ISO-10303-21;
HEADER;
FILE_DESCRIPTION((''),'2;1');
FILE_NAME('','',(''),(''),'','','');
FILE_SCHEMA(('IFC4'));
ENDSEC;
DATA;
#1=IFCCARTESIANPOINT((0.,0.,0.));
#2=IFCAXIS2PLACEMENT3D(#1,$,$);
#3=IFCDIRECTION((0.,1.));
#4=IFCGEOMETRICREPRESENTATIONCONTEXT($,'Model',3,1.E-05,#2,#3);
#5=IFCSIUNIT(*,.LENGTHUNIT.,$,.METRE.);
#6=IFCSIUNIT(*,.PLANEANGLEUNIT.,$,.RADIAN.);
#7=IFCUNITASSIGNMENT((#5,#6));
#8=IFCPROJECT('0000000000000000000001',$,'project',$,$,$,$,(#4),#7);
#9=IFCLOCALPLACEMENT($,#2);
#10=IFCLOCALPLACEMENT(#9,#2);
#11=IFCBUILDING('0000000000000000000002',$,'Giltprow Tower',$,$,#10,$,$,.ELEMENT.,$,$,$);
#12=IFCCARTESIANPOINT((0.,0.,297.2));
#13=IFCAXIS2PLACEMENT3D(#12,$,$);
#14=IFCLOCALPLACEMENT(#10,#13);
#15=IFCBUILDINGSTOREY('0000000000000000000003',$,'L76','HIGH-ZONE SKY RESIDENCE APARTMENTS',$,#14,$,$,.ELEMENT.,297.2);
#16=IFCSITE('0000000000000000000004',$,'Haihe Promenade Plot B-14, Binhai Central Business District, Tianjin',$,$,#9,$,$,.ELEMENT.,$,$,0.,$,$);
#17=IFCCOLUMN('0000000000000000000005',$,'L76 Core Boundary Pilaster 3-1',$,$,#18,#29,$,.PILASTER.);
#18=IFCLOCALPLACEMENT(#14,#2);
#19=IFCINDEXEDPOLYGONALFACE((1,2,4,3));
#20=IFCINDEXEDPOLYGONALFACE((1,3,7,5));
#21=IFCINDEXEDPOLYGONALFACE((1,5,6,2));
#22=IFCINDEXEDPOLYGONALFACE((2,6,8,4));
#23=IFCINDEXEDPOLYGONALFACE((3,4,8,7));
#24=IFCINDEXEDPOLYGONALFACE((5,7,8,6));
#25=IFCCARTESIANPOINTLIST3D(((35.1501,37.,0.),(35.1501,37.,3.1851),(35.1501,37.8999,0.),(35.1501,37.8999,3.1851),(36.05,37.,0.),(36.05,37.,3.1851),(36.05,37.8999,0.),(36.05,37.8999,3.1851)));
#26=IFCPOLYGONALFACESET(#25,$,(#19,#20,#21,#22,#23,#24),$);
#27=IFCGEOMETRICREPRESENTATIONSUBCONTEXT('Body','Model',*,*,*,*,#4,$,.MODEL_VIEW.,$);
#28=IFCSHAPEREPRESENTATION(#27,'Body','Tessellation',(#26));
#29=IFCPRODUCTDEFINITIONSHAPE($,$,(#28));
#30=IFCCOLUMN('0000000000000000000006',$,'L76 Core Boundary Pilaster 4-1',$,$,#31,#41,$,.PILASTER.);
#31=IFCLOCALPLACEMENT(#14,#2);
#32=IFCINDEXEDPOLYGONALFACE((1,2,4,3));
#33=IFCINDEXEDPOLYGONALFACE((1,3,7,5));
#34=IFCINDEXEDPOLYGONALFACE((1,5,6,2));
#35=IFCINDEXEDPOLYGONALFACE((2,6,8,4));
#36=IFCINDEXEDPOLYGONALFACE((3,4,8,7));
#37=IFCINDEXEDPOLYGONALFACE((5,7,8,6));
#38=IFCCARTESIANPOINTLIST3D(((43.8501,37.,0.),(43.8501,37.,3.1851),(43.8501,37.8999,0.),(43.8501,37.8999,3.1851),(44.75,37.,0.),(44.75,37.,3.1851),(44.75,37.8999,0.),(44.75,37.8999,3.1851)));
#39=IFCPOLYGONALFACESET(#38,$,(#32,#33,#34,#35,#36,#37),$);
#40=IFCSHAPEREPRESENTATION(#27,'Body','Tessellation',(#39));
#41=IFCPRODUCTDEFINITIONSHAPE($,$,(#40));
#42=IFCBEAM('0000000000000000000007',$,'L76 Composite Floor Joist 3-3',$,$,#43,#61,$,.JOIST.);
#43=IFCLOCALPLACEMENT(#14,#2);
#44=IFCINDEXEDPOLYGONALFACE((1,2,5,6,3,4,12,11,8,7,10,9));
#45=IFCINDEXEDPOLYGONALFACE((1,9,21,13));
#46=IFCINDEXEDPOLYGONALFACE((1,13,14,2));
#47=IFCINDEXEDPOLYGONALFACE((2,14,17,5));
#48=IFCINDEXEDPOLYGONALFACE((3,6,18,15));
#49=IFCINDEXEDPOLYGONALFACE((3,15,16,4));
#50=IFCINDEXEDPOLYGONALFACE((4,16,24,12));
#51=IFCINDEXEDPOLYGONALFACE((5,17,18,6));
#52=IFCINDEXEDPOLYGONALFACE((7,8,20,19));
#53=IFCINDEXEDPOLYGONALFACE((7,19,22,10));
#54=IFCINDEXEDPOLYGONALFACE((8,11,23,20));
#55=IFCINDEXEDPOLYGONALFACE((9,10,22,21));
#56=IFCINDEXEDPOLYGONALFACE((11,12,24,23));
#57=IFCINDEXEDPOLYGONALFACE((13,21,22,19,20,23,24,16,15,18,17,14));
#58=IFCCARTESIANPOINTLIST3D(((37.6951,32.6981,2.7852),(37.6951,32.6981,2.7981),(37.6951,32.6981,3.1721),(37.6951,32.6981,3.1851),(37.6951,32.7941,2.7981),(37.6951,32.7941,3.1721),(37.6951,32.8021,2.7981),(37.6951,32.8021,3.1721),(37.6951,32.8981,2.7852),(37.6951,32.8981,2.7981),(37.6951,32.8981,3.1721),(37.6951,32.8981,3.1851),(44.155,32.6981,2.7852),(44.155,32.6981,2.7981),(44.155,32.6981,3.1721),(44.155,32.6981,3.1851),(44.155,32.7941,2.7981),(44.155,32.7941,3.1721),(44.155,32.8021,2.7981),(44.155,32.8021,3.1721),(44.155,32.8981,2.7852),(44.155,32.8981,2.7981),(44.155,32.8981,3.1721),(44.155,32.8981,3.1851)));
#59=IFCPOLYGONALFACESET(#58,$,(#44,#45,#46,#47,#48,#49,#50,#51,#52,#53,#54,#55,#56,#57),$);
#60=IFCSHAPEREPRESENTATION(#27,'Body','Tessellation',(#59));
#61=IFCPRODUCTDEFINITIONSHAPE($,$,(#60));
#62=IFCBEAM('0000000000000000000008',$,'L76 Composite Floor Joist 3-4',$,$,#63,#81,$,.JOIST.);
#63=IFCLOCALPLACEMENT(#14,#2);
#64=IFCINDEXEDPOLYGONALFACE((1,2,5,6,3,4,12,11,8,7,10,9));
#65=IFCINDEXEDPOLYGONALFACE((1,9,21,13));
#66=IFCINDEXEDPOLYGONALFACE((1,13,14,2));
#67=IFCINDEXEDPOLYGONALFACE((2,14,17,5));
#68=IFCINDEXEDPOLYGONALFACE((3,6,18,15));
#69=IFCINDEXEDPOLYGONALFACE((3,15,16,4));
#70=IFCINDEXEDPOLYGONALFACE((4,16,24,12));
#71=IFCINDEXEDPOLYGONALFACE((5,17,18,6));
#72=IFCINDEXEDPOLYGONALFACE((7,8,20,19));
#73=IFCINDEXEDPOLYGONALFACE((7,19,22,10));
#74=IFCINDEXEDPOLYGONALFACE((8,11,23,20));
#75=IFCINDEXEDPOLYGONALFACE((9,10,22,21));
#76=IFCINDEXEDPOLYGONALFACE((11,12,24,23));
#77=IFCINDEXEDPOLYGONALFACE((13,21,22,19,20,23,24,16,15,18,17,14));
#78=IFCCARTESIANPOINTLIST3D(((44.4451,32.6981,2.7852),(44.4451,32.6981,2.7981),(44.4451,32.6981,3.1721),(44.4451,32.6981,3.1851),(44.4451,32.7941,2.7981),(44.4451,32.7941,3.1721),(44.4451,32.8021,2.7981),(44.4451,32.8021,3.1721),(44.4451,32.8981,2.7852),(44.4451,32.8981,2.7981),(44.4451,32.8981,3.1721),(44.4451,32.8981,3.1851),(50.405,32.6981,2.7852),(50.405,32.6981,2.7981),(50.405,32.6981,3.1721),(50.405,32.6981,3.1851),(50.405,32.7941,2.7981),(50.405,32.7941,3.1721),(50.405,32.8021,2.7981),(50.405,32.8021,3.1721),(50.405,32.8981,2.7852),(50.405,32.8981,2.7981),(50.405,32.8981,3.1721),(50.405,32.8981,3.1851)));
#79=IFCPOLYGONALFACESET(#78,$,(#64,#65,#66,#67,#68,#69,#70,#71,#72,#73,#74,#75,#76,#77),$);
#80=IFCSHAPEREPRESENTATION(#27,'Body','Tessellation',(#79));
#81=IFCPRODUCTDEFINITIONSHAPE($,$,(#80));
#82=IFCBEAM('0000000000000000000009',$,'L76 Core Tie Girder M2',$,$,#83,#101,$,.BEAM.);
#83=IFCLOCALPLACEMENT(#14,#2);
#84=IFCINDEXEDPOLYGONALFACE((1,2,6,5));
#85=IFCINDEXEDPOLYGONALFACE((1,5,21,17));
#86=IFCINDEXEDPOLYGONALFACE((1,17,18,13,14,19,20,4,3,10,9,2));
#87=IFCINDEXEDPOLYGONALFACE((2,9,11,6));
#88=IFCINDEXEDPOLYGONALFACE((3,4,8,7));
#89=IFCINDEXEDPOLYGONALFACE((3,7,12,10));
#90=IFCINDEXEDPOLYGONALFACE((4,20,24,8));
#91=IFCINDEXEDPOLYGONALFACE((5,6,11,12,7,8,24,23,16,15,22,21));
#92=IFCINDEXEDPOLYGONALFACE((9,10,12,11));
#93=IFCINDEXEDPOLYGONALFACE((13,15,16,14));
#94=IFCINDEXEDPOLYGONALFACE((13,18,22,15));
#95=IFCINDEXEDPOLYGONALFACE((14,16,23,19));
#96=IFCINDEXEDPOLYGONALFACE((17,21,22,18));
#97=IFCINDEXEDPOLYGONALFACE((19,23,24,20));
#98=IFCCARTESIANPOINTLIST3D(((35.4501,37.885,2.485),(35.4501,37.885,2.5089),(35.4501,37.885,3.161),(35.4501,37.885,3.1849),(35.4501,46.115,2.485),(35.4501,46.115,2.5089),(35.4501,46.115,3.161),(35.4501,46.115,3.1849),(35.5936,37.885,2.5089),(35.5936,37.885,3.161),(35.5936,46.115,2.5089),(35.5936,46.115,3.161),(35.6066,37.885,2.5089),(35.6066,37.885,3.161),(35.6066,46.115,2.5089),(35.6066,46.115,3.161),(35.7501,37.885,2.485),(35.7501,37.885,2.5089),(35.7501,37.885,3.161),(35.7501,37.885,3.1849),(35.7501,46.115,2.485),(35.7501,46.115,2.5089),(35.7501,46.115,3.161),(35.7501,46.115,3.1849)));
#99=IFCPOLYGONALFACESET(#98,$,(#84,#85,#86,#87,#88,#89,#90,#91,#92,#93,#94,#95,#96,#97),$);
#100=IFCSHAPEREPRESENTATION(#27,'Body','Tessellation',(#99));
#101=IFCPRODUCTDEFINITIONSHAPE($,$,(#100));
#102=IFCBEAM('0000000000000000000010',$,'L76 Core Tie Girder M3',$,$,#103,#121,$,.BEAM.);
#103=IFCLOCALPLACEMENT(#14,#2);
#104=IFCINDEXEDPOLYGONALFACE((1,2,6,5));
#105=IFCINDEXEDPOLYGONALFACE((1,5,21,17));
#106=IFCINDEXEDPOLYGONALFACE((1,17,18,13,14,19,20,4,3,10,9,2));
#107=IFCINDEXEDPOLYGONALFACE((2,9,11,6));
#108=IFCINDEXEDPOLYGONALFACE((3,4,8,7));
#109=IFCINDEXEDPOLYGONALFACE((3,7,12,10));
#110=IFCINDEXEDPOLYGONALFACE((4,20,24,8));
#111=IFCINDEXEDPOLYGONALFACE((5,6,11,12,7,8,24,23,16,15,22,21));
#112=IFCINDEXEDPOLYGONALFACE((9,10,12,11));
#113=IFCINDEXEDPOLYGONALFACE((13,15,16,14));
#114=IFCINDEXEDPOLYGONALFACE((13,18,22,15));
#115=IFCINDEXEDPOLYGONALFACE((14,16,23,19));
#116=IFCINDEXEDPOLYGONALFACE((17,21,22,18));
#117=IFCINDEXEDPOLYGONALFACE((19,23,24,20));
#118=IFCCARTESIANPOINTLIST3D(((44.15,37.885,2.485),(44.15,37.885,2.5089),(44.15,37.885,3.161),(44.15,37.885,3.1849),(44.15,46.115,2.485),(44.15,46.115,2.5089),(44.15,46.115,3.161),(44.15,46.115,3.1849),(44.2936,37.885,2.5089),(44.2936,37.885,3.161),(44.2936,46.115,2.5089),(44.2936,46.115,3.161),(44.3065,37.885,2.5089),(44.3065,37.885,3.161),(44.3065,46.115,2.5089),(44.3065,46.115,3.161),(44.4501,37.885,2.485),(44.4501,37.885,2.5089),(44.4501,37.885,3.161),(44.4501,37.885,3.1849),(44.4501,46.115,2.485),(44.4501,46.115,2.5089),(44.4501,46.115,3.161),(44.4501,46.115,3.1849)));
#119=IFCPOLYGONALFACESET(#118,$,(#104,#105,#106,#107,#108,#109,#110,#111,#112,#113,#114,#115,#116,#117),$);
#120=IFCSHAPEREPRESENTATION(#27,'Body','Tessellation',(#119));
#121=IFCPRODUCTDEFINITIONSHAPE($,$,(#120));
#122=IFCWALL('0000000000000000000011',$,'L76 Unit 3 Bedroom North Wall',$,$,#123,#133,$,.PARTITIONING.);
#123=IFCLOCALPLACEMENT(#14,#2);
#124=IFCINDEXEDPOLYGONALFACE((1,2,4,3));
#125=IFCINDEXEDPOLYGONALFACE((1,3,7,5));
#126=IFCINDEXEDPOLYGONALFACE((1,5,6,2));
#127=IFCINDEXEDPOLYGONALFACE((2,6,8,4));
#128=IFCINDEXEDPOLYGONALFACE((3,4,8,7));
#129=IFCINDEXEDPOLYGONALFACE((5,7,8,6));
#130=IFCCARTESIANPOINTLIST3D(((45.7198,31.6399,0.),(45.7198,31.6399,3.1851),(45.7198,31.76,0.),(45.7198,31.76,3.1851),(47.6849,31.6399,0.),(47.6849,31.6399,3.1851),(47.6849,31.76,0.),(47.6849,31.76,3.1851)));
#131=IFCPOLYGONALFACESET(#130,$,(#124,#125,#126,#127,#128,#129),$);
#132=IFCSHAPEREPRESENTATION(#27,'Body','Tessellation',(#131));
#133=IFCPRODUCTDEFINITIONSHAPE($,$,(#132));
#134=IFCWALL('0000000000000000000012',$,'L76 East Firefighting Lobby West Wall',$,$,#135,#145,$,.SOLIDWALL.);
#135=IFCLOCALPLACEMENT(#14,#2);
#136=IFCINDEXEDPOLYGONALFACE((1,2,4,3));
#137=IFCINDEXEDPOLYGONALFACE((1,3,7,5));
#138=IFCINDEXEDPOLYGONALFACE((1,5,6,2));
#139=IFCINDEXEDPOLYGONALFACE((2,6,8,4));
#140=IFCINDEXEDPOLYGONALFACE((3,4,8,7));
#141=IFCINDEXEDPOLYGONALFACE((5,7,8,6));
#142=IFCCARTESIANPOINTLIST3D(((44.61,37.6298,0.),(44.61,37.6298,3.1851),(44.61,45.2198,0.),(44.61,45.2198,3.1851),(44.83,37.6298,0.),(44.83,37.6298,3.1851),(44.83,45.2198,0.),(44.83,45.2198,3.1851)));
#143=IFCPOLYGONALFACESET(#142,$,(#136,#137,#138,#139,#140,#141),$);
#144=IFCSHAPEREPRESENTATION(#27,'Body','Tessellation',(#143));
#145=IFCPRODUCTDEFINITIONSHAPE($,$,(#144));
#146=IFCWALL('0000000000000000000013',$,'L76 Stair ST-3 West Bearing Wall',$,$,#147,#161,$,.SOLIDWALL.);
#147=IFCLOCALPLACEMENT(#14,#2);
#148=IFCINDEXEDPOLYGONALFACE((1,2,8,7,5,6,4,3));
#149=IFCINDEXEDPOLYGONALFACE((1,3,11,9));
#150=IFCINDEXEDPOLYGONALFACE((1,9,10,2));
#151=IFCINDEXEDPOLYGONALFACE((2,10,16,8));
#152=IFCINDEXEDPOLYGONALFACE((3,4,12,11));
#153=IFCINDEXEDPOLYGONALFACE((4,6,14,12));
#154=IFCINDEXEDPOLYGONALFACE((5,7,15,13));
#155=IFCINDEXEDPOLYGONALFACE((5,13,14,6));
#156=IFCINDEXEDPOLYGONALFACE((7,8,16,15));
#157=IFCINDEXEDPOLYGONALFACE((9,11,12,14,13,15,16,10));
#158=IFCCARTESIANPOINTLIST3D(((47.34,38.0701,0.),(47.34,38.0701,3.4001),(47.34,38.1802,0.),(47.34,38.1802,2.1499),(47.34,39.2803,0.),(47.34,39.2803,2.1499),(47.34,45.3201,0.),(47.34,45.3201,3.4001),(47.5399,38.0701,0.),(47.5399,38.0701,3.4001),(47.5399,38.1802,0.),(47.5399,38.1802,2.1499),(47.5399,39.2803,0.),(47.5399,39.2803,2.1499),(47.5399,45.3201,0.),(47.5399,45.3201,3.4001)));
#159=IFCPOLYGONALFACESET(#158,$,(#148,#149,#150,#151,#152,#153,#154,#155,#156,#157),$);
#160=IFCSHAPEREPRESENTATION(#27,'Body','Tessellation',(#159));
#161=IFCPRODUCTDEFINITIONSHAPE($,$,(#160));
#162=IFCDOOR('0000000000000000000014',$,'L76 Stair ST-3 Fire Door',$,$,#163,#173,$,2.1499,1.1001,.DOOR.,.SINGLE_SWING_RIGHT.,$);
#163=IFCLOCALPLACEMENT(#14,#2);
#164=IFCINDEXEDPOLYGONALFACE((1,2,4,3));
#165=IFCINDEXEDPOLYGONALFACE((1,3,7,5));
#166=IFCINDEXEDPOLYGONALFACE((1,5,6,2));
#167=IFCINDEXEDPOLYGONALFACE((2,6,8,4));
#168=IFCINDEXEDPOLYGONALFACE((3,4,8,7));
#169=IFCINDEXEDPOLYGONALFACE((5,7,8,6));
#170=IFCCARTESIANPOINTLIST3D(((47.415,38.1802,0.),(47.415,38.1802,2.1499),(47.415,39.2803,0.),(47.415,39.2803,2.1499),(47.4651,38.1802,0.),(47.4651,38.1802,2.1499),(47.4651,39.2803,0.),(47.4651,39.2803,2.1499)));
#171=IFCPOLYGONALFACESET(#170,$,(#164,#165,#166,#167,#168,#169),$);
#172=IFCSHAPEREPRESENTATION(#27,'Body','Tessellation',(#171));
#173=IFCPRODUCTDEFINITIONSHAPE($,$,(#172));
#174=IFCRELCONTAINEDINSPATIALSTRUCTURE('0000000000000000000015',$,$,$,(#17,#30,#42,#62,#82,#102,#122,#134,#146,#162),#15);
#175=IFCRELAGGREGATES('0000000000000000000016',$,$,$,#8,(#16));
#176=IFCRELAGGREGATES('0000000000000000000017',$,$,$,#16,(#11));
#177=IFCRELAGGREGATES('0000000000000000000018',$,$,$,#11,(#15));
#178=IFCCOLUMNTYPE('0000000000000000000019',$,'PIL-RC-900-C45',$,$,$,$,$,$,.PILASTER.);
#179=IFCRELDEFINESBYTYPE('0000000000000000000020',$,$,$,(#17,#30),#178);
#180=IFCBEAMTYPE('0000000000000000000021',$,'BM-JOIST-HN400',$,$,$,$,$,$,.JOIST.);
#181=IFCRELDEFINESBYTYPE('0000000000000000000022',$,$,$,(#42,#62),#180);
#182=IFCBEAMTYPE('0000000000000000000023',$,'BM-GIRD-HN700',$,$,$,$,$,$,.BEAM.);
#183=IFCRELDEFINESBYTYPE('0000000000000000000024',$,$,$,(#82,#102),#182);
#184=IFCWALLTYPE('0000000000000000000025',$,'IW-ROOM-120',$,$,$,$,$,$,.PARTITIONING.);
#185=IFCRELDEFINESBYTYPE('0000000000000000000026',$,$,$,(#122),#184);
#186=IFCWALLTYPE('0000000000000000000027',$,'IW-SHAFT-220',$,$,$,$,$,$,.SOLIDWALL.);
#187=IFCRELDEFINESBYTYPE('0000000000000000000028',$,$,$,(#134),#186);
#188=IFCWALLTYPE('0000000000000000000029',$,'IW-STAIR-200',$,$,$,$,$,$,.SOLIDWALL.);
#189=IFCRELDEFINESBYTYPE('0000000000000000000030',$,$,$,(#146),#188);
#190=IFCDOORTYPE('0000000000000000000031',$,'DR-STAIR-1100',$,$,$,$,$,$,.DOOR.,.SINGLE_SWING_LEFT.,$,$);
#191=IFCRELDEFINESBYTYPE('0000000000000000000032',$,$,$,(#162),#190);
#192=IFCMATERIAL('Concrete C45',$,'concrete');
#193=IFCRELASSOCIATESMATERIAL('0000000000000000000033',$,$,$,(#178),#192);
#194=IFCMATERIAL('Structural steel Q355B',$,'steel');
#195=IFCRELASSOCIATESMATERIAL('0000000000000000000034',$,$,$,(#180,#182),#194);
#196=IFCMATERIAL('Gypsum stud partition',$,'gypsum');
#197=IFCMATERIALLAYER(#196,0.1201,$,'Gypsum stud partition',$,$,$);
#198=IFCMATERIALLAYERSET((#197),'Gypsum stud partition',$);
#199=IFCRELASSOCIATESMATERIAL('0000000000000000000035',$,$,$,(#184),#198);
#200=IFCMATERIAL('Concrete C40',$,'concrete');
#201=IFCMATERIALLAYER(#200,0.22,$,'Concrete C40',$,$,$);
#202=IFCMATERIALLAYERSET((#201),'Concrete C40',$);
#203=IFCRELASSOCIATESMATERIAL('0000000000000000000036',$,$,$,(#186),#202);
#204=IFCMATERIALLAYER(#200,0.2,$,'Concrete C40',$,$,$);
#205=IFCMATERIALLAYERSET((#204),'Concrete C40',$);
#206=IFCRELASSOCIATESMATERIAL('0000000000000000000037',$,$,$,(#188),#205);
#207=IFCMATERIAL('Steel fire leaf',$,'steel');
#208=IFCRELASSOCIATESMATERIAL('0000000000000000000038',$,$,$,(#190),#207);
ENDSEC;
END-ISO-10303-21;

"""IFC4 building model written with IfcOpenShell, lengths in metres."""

from ifc_helpers import new_model, si_unit, direction, frame, frame_2d, origin, origin_2d, place, context, subcontext, project, spatial, rectangle, i_section, extrude, source, transform, mapped, material, layer, layer_set, material_profile, profile_set, type_object, element, fill, save


model = new_model("IFC4")

# Units and contexts
model_context = context("Model", 3, precision=1e-05, world=origin(), true_north=direction((0.0, 1.0)))
body_context = subcontext(model_context, "Body", "Model", "MODEL_VIEW")
ifc_project = project(units=[si_unit("LENGTHUNIT", "METRE"), si_unit("PLANEANGLEUNIT", "RADIAN")], contexts=[model_context])

# Site, building, storey
site_placement = place(None, origin())
site = spatial("IfcSite", under=ifc_project, at=site_placement, Name="Haihe Promenade Plot B-14, Binhai Central Business District, Tianjin", CompositionType="ELEMENT", RefElevation=0.0)
building_placement = place(site_placement, origin())
building = spatial("IfcBuilding", under=site, at=building_placement, Name="Giltprow Tower", CompositionType="ELEMENT")
storey_placement = place(building_placement, frame((0.0, 0.0, 297.2)))
storey = spatial("IfcBuildingStorey", under=building, at=storey_placement, Name="L76", Description="HIGH-ZONE SKY RESIDENCE APARTMENTS", CompositionType="ELEMENT", Elevation=297.2)

# Columns
ifc_material_1 = material(Name="Concrete C45", Category="concrete")
ifc_material_profile_1 = material_profile(ifc_material_1, rectangle(XDim=0.8999, YDim=0.8999, at=origin_2d()), Name="RC 900x900")
ifc_profile_set_1 = profile_set([ifc_material_profile_1], Name="Concrete C45")
column_type = type_object("IfcColumnType", Name="PIL-RC-900-C45", PredefinedType="PILASTER", material=ifc_profile_set_1)
shared_shape_1 = source(origin(), body_context, "Body", "SweptSolid", [
    extrude(rectangle(XDim=0.8999, YDim=0.8999, at=origin_2d()), origin(), (0.0, 0.0, 1.0), 3.1851),
])
for number, where, z_axis, x_axis, name in (
    (1, (35.6001, 37.45, 0.0), (0.0, 0.0, 1.0), (1.0, 0.0, 0.0), "L76 Core Boundary Pilaster 3-1"),
    (2, (44.3, 37.45, 0.0), (0.0, 0.0, 1.0), (1.0, 0.0, 0.0), "L76 Core Boundary Pilaster 4-1"),
):
    element("IfcColumn", number, at=place(storey_placement, frame(where, z_axis=z_axis, x_axis=x_axis)), inside=storey, type_object=column_type, Name=name, PredefinedType="PILASTER", context=body_context, shape_type="MappedRepresentation", body=[
        mapped(shared_shape_1, transform((0.0, 0.0, 0.0), x_axis=(1.0, 0.0, 0.0), y_axis=(0.0, 1.0, 0.0), z_axis=(0.0, 0.0, 1.0), scale=1.0)),
    ])

# Beams
ifc_material_2 = material(Name="Structural steel Q355B", Category="steel")
ifc_material_profile_2 = material_profile(ifc_material_2, i_section(OverallWidth=0.2, OverallDepth=0.3999, WebThickness=0.0081, FlangeThickness=0.0129, at=origin_2d()), Name="HN 400x200x8x13")
ifc_profile_set_2 = profile_set([ifc_material_profile_2], Name="Structural steel Q355B")
beam_type_1 = type_object("IfcBeamType", Name="BM-JOIST-HN400", PredefinedType="JOIST", material=ifc_profile_set_2)
shared_shape_2 = source(origin(), body_context, "Body", "SweptSolid", [
    extrude(i_section(OverallWidth=0.2, OverallDepth=0.3999, WebThickness=0.0081, FlangeThickness=0.0129, at=origin_2d()), origin(), (0.0, 0.0, 1.0), 6.46),
])
beam_1_placement = place(storey_placement, frame((37.6951, 32.7981, 2.9851), z_axis=(1.0, 0.0, 0.0), x_axis=(0.0, 1.0, 0.0)))
element("IfcBeam", 3, at=beam_1_placement, inside=storey, type_object=beam_type_1, Name="L76 Composite Floor Joist 3-3", PredefinedType="JOIST", context=body_context, shape_type="MappedRepresentation", body=[
    mapped(shared_shape_2, transform((0.0, 0.0, 0.0), x_axis=(1.0, 0.0, 0.0), y_axis=(0.0, 1.0, 0.0), z_axis=(0.0, 0.0, 1.0), scale=1.0)),
])
shared_shape_3 = source(origin(), body_context, "Body", "SweptSolid", [
    extrude(i_section(OverallWidth=0.2, OverallDepth=0.3999, WebThickness=0.0081, FlangeThickness=0.0129, at=origin_2d()), origin(), (0.0, 0.0, 1.0), 5.96),
])
beam_2_placement = place(storey_placement, frame((44.4451, 32.7981, 2.9851), z_axis=(1.0, 0.0, 0.0), x_axis=(0.0, 1.0, 0.0)))
element("IfcBeam", 4, at=beam_2_placement, inside=storey, type_object=beam_type_1, Name="L76 Composite Floor Joist 3-4", PredefinedType="JOIST", context=body_context, shape_type="MappedRepresentation", body=[
    mapped(shared_shape_3, transform((0.0, 0.0, 0.0), x_axis=(1.0, 0.0, 0.0), y_axis=(0.0, 1.0, 0.0), z_axis=(0.0, 0.0, 1.0), scale=1.0)),
])
ifc_material_profile_3 = material_profile(ifc_material_2, i_section(OverallWidth=0.3, OverallDepth=0.7, WebThickness=0.0129, FlangeThickness=0.0239, at=origin_2d()), Name="HN 700x300x13x24")
ifc_profile_set_3 = profile_set([ifc_material_profile_3], Name="Structural steel Q355B")
beam_type_2 = type_object("IfcBeamType", Name="BM-GIRD-HN700", PredefinedType="BEAM", material=ifc_profile_set_3)
shared_shape_4 = source(origin(), body_context, "Body", "SweptSolid", [
    extrude(i_section(OverallWidth=0.3, OverallDepth=0.7, WebThickness=0.0129, FlangeThickness=0.0239, at=origin_2d()), origin(), (0.0, 0.0, 1.0), 8.23),
])
for number, where, z_axis, x_axis, name in (
    (5, (35.6001, 37.885, 2.835), (0.0, 1.0, 0.0), (-1.0, 0.0, 0.0), "L76 Core Tie Girder M2"),
    (6, (44.3, 37.885, 2.835), (0.0, 1.0, 0.0), (-1.0, 0.0, 0.0), "L76 Core Tie Girder M3"),
):
    element("IfcBeam", number, at=place(storey_placement, frame(where, z_axis=z_axis, x_axis=x_axis)), inside=storey, type_object=beam_type_2, Name=name, PredefinedType="BEAM", context=body_context, shape_type="MappedRepresentation", body=[
        mapped(shared_shape_4, transform((0.0, 0.0, 0.0), x_axis=(1.0, 0.0, 0.0), y_axis=(0.0, 1.0, 0.0), z_axis=(0.0, 0.0, 1.0), scale=1.0)),
    ])

# Walls
ifc_material_3 = material(Name="Gypsum stud partition", Category="gypsum")
ifc_layer_1 = layer(ifc_material_3, 0.1201, Name="Gypsum stud partition")
ifc_layer_set_1 = layer_set([ifc_layer_1], Name="Gypsum stud partition")
wall_type_1 = type_object("IfcWallType", Name="IW-ROOM-120", PredefinedType="PARTITIONING", material=ifc_layer_set_1)
wall_1_placement = place(storey_placement, frame((45.72, 31.7, 0.0), z_axis=(0.0, 0.0, 1.0), x_axis=(1.0, 0.0, 0.0)))
element("IfcWall", 7, at=wall_1_placement, inside=storey, type_object=wall_type_1, Name="L76 Unit 3 Bedroom North Wall", PredefinedType="PARTITIONING", context=body_context, shape_type="SweptSolid", body=[
    extrude(rectangle(XDim=1.9651, YDim=0.1201, at=frame_2d((0.9824, 0.0))), origin(), (0.0, 0.0, 1.0), 3.1851),
])
ifc_material_4 = material(Name="Concrete C40", Category="concrete")
ifc_layer_2 = layer(ifc_material_4, 0.22, Name="Concrete C40")
ifc_layer_set_2 = layer_set([ifc_layer_2], Name="Concrete C40")
wall_type_2 = type_object("IfcWallType", Name="IW-SHAFT-220", PredefinedType="SOLIDWALL", material=ifc_layer_set_2)
wall_2_placement = place(storey_placement, frame((44.72, 37.6299, 0.0), z_axis=(0.0, 0.0, 1.0), x_axis=(0.0, 1.0, 0.0)))
element("IfcWall", 8, at=wall_2_placement, inside=storey, type_object=wall_type_2, Name="L76 East Firefighting Lobby West Wall", PredefinedType="SOLIDWALL", context=body_context, shape_type="SweptSolid", body=[
    extrude(rectangle(XDim=7.5901, YDim=0.22, at=frame_2d((3.7949, 0.0))), origin(), (0.0, 0.0, 1.0), 3.1851),
])

# Wall, opening, door
ifc_layer_3 = layer(ifc_material_4, 0.2, Name="Concrete C40")
ifc_layer_set_3 = layer_set([ifc_layer_3], Name="Concrete C40")
wall_type_3 = type_object("IfcWallType", Name="IW-STAIR-200", PredefinedType="SOLIDWALL", material=ifc_layer_set_3)
wall_3_placement = place(storey_placement, frame((47.4399, 38.0701, 0.0), z_axis=(0.0, 0.0, 1.0), x_axis=(0.0, 1.0, 0.0)))
wall_3 = element("IfcWall", 9, at=wall_3_placement, inside=storey, type_object=wall_type_3, Name="L76 Stair ST-3 West Bearing Wall", PredefinedType="SOLIDWALL", context=body_context, shape_type="SweptSolid", body=[
    extrude(rectangle(XDim=7.25, YDim=0.2, at=frame_2d((3.625, 0.0))), origin(), (0.0, 0.0, 1.0), 3.4001),
])
opening_1_placement = place(wall_3_placement, frame((0.1101, 0.0, 0.0)))
opening_1 = element("IfcOpeningElement", 10, at=opening_1_placement, cuts=wall_3, PredefinedType="OPENING", context=body_context, shape_type="SweptSolid", body=[
    extrude(rectangle(XDim=1.1001, YDim=2.1499, at=frame_2d((0.55, 1.075))), frame((0.0, 0.1099, 0.0), z_axis=(0.0, -1.0, 0.0), x_axis=(1.0, 0.0, 0.0)), (0.0, 0.0, 1.0), 0.22),
])
ifc_material_5 = material(Name="Steel fire leaf", Category="steel")
door_type_1 = type_object("IfcDoorType", Name="DR-STAIR-1100", OperationType="SINGLE_SWING_LEFT", PredefinedType="DOOR", material=ifc_material_5)
shared_shape_5 = source(origin(), body_context, "Body", "SweptSolid", [
    extrude(rectangle(XDim=1.1001, YDim=2.1499, at=frame_2d((0.55, 1.075))), frame((0.0, 0.0249, 0.0), z_axis=(0.0, -1.0, 0.0), x_axis=(1.0, 0.0, 0.0)), (0.0, 0.0, 1.0), 0.05),
])
door_1_placement = place(opening_1_placement, origin())
door_1 = element("IfcDoor", 11, at=door_1_placement, inside=storey, type_object=door_type_1, Name="L76 Stair ST-3 Fire Door", OperationType="SINGLE_SWING_RIGHT", OverallHeight=2.1499, OverallWidth=1.1001, PredefinedType="DOOR", context=body_context, shape_type="MappedRepresentation", body=[
    mapped(shared_shape_5, transform((0.0, 0.0, 0.0), x_axis=(1.0, 0.0, 0.0), y_axis=(0.0, 1.0, 0.0), z_axis=(0.0, 0.0, 1.0), scale=1.0)),
])
fill(opening_1, door_1)

save(model, "model.ifc")
